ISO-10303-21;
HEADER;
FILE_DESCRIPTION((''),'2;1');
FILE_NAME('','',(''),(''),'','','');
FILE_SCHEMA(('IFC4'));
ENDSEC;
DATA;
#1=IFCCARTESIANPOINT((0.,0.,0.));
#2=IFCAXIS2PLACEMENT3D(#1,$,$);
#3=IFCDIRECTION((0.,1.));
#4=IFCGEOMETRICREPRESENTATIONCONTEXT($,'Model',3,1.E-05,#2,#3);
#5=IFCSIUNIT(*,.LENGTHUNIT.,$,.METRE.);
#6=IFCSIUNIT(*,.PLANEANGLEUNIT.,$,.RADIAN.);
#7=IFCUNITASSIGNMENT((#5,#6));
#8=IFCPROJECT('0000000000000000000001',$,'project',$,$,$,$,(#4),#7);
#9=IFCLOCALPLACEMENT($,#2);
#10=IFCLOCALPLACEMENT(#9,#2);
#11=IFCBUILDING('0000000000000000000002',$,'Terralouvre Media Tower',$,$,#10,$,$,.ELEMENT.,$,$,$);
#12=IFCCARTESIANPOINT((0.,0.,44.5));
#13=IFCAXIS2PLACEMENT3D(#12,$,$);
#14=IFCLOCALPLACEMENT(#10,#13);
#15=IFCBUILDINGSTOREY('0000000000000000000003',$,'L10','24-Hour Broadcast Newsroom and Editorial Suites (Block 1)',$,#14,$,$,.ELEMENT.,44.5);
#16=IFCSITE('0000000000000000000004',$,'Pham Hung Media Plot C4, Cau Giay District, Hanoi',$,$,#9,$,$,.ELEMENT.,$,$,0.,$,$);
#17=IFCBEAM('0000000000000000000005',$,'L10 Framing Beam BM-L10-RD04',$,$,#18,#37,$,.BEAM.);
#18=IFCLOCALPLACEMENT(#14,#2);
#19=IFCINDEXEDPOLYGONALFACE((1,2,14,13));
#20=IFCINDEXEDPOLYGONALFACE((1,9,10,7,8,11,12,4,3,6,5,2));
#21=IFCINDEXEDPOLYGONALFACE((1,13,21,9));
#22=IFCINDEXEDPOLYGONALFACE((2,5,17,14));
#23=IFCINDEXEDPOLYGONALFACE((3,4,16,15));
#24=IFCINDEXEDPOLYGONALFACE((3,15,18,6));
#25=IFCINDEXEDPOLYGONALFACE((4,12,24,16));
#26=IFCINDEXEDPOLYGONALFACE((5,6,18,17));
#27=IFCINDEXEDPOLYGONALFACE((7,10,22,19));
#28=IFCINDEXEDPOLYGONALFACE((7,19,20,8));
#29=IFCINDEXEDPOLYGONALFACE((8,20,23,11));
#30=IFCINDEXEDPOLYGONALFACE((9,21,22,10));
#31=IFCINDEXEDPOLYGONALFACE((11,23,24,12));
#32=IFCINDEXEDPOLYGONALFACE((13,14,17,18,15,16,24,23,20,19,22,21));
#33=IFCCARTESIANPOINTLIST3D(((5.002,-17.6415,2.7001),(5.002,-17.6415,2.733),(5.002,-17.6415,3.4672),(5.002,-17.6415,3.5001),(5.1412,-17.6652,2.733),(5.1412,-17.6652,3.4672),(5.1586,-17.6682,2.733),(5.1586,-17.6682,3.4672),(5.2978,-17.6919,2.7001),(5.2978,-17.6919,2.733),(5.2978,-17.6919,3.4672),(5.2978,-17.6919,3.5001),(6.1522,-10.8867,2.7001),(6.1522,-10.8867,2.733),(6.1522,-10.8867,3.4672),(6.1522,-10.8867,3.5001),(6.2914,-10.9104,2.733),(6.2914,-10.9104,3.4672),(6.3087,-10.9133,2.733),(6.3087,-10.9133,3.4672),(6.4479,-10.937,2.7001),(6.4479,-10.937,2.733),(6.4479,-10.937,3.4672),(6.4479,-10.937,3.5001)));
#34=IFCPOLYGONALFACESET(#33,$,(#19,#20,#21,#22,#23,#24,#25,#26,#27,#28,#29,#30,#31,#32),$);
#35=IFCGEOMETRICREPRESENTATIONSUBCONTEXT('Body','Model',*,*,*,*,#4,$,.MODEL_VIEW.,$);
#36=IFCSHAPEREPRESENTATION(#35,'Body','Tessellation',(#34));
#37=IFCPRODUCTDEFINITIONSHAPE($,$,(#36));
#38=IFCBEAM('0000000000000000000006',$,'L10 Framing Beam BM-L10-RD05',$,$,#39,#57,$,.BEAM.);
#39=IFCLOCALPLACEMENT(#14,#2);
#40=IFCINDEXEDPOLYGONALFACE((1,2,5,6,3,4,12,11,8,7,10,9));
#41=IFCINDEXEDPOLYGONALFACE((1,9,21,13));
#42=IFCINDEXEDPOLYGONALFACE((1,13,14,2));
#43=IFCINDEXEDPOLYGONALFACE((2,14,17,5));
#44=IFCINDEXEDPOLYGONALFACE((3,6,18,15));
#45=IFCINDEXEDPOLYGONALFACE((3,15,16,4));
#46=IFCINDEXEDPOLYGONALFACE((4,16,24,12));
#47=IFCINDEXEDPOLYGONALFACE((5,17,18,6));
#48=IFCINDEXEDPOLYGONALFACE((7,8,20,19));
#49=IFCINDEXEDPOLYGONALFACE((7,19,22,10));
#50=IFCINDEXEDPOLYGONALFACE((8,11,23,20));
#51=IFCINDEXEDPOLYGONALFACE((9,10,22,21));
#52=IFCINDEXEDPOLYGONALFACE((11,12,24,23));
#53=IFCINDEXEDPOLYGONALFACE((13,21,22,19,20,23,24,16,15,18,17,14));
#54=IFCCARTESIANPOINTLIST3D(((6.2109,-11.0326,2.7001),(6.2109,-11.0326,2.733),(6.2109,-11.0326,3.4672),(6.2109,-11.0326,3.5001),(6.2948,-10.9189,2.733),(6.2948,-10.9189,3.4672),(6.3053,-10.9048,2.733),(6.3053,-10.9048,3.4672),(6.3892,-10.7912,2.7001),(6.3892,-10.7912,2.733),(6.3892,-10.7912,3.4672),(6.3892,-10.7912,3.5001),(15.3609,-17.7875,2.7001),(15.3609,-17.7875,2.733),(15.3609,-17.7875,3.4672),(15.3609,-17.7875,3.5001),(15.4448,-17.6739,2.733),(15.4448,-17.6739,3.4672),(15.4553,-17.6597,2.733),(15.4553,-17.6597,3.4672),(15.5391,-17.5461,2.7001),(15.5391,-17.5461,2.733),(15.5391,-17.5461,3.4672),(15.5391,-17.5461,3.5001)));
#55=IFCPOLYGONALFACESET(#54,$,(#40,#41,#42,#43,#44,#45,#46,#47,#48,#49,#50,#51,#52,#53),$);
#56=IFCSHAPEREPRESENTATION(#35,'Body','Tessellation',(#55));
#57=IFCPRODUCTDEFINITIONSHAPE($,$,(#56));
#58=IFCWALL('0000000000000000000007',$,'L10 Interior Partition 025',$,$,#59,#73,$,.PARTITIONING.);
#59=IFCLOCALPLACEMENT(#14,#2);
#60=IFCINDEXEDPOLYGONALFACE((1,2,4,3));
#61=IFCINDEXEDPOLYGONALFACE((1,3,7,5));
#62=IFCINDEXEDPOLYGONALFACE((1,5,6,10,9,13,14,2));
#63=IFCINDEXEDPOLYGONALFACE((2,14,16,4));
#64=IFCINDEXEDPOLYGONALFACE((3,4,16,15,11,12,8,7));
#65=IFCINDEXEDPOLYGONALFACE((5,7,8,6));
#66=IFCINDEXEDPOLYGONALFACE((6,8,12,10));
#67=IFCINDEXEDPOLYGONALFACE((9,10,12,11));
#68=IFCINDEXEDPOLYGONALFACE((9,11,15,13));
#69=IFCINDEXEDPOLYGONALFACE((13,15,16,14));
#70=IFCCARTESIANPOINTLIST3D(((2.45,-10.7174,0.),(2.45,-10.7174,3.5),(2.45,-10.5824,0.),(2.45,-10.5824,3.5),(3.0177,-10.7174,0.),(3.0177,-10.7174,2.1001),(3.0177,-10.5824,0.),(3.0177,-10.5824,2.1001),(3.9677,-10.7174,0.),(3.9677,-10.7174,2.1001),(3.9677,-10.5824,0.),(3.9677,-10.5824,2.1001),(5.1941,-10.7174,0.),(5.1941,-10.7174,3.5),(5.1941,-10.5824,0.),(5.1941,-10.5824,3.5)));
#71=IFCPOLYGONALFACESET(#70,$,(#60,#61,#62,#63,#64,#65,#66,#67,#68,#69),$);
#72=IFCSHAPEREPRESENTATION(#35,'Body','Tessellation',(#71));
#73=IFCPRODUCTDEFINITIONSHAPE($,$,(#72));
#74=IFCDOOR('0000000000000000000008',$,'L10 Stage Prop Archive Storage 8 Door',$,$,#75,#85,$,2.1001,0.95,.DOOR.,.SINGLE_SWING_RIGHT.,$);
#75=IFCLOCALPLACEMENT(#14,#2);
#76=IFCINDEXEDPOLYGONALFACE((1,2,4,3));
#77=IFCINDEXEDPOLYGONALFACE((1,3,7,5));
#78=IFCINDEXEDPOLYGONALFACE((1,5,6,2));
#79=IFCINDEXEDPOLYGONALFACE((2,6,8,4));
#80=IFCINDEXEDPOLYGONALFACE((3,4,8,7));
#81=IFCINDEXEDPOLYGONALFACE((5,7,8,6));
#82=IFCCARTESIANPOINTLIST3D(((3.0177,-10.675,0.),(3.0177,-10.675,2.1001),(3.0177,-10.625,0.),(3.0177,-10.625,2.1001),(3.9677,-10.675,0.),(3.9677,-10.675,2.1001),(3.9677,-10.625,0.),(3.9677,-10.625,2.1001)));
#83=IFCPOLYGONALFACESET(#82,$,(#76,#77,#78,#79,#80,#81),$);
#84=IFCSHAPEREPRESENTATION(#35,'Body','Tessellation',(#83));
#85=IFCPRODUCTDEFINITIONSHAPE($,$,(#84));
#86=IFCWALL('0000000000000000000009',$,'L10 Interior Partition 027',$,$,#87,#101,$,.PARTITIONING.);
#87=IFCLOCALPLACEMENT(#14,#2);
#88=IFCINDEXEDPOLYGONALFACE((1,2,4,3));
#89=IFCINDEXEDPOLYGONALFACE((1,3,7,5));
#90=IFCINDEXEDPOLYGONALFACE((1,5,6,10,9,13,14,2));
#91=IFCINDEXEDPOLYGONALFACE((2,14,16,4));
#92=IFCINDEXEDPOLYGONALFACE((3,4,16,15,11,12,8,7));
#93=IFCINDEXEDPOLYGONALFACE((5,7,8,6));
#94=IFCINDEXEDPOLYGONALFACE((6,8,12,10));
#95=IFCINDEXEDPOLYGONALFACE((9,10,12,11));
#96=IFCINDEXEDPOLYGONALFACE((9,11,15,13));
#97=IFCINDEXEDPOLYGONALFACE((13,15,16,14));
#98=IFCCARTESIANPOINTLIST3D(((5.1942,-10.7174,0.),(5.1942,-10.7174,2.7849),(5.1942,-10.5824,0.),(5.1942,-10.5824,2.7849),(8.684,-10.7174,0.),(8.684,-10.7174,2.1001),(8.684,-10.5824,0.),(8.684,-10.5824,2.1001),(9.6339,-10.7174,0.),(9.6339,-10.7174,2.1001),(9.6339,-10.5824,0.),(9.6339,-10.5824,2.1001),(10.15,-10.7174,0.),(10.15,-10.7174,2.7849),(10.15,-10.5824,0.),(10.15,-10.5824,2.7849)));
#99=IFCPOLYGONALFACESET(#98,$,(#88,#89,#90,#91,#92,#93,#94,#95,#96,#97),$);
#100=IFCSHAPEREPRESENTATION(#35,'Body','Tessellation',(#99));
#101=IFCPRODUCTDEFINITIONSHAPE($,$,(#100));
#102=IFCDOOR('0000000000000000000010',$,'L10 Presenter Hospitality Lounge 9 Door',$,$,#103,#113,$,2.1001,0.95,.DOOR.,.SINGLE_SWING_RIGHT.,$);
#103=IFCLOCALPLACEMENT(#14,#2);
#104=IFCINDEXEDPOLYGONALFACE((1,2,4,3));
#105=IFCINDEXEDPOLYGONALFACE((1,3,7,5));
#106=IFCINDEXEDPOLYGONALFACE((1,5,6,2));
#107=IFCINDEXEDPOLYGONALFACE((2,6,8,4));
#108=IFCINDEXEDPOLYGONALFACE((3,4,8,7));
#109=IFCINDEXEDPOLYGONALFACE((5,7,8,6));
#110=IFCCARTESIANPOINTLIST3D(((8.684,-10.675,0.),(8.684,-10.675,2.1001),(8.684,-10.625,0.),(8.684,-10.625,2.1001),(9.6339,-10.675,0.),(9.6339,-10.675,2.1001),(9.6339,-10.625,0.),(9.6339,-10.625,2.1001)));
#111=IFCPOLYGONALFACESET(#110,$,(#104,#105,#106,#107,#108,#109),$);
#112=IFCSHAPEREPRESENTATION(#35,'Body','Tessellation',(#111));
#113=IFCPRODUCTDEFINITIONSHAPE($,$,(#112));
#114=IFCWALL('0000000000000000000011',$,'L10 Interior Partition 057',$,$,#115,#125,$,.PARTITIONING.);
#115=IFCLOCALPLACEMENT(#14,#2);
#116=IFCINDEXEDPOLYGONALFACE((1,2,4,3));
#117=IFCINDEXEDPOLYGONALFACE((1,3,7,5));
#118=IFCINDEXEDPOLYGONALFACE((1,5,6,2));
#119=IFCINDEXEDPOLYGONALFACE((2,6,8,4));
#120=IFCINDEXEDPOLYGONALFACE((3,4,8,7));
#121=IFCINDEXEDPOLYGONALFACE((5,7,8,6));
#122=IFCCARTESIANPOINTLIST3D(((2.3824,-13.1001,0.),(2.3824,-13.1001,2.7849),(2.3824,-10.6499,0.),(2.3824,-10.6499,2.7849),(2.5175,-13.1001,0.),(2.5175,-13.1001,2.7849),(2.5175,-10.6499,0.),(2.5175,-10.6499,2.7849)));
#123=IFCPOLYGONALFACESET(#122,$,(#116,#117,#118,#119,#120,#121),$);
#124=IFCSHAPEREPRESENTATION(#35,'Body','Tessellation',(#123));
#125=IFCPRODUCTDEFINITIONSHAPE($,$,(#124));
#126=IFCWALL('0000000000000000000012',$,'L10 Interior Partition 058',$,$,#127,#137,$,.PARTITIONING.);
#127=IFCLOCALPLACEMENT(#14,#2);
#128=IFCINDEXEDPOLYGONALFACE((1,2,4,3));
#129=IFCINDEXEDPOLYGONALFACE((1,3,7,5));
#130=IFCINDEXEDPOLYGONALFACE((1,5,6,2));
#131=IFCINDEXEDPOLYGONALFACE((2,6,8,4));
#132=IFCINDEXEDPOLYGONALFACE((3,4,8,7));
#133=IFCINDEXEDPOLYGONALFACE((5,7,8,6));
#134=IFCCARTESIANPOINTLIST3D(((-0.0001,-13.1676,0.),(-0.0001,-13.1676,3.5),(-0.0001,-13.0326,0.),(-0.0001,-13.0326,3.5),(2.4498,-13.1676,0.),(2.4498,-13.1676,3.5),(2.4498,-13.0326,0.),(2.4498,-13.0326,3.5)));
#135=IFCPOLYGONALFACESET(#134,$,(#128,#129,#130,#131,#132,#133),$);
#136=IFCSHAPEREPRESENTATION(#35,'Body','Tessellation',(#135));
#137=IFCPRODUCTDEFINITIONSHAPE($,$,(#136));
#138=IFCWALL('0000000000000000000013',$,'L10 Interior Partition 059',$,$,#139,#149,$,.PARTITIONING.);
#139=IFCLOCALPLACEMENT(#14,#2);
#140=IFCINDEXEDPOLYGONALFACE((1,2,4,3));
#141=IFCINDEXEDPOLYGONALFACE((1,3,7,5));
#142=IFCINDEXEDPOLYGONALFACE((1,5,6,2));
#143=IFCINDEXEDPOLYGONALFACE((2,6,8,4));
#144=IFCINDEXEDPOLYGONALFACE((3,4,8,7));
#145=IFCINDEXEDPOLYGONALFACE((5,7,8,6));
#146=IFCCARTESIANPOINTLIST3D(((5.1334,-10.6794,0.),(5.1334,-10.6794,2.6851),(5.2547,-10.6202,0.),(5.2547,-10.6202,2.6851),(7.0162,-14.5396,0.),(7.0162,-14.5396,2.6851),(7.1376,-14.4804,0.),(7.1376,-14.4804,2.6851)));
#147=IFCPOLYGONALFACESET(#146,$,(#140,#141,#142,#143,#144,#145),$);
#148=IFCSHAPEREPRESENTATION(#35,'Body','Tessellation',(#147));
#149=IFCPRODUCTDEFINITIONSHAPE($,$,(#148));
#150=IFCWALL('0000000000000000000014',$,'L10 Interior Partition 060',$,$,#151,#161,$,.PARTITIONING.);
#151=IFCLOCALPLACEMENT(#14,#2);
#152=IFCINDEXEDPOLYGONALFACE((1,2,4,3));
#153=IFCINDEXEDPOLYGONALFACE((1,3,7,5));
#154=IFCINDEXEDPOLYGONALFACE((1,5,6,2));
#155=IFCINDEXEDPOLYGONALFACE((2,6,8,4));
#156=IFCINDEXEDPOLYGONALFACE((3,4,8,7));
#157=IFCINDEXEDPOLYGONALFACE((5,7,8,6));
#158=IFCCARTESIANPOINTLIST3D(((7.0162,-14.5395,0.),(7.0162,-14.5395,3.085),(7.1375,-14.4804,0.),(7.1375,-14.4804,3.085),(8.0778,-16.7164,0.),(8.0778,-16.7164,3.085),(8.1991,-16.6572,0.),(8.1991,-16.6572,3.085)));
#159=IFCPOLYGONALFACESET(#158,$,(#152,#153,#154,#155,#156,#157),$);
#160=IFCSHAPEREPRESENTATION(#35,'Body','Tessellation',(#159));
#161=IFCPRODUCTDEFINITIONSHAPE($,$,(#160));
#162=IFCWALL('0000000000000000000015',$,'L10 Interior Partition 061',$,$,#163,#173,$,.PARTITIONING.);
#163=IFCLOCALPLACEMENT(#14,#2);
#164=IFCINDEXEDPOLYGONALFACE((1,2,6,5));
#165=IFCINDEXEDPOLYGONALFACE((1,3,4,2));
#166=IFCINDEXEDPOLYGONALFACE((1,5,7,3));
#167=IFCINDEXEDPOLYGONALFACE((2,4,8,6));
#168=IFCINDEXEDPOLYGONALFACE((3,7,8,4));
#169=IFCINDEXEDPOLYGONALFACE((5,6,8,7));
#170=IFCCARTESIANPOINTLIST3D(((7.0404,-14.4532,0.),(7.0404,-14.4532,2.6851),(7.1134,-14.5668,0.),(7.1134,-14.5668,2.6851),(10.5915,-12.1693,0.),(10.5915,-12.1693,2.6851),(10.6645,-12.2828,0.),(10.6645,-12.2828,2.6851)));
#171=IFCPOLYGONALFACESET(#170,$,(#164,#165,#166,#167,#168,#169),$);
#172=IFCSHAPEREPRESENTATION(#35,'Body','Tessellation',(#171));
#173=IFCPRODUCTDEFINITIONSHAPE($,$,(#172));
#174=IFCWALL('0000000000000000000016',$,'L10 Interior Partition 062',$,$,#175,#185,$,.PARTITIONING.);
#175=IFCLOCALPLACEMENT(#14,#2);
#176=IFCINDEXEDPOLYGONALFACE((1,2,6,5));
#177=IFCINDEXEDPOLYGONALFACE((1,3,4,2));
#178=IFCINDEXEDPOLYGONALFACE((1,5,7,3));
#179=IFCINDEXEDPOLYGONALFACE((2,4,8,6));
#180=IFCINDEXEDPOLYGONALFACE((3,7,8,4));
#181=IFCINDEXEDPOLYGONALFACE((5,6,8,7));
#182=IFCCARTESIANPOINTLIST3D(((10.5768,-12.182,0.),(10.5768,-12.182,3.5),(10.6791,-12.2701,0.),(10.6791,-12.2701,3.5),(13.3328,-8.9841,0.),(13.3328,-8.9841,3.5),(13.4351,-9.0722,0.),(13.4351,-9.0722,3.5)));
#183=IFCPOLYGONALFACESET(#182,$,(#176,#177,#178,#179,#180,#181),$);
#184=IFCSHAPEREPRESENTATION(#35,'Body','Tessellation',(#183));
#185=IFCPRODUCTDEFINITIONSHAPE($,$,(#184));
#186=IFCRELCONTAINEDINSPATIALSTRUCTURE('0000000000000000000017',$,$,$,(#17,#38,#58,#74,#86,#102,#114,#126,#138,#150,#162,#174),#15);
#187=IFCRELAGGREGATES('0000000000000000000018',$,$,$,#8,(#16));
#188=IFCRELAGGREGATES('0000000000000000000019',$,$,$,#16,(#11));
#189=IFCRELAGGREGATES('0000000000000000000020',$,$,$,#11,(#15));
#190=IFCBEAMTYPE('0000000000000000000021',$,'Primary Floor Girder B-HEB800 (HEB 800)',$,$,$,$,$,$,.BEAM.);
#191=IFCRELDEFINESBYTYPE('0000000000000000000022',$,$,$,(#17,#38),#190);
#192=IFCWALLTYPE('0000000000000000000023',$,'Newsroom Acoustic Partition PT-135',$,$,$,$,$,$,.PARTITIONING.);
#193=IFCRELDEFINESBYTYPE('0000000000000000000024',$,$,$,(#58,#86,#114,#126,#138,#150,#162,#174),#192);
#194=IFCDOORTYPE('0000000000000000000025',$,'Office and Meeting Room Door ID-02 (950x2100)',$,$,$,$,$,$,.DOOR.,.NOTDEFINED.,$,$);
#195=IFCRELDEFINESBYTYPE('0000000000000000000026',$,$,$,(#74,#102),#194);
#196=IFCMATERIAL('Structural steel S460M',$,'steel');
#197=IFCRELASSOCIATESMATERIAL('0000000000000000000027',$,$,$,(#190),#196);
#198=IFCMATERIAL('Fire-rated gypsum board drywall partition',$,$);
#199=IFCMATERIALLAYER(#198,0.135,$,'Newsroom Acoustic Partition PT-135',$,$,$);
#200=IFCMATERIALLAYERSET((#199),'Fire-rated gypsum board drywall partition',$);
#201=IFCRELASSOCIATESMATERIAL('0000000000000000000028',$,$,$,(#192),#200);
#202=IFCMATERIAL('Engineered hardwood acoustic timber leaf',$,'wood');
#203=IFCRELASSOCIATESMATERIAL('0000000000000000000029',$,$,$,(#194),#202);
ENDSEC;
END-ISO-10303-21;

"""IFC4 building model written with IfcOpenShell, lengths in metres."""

from ifc_helpers import new_model, si_unit, direction, frame, frame_2d, origin, origin_2d, place, context, subcontext, project, spatial, rectangle, i_section, extrude, material, layer, layer_set, material_profile, profile_set, type_object, element, fill, save


model = new_model("IFC4")

# Units and contexts
model_context = context("Model", 3, precision=1e-05, world=origin(), true_north=direction((0.0, 1.0)))
body_context = subcontext(model_context, "Body", "Model", "MODEL_VIEW")
ifc_project = project(units=[si_unit("LENGTHUNIT", "METRE"), si_unit("PLANEANGLEUNIT", "RADIAN")], contexts=[model_context])

# Site, building, storey
site_placement = place(None, origin())
site = spatial("IfcSite", under=ifc_project, at=site_placement, Name="Pham Hung Media Plot C4, Cau Giay District, Hanoi", CompositionType="ELEMENT", RefElevation=0.0)
building_placement = place(site_placement, origin())
building = spatial("IfcBuilding", under=site, at=building_placement, Name="Terralouvre Media Tower", CompositionType="ELEMENT")
storey_placement = place(building_placement, frame((0.0, 0.0, 44.5)))
storey = spatial("IfcBuildingStorey", under=building, at=storey_placement, Name="L10", Description="24-Hour Broadcast Newsroom and Editorial Suites (Block 1)", CompositionType="ELEMENT", Elevation=44.5)

# Beams
ifc_material_1 = material(Name="Structural steel S460M", Category="steel")
ifc_material_profile_1 = material_profile(ifc_material_1, i_section(OverallWidth=0.3, OverallDepth=0.8, WebThickness=0.0176, FlangeThickness=0.033, at=origin_2d()), Name="HEB 800")
ifc_profile_set_1 = profile_set([ifc_material_profile_1], Name="Structural steel S460M")
beam_type_1 = type_object("IfcBeamType", Name="Primary Floor Girder B-HEB800 (HEB 800)", PredefinedType="BEAM", material=ifc_profile_set_1)
beam_1_placement = place(storey_placement, frame((6.3, -10.9119, 3.1001), z_axis=(-0.167853, -0.985812, 0.0), x_axis=(0.985812, -0.167853, 0.0)))
element("IfcBeam", 1, at=beam_1_placement, inside=storey, type_object=beam_type_1, Name="L10 Framing Beam BM-L10-RD04", PredefinedType="BEAM", context=body_context, shape_type="SweptSolid", body=[
    extrude(i_section(OverallWidth=0.3, OverallDepth=0.8, WebThickness=0.0176, FlangeThickness=0.033, at=origin_2d()), origin(), (0.0, 0.0, 1.0), 6.8521),
])
beam_2_placement = place(storey_placement, frame((6.3, -10.9119, 3.1001), z_axis=(0.804516, -0.593931, 0.0), x_axis=(0.593931, 0.804516, 0.0)))
element("IfcBeam", 2, at=beam_2_placement, inside=storey, type_object=beam_type_1, Name="L10 Framing Beam BM-L10-RD05", PredefinedType="BEAM", context=body_context, shape_type="SweptSolid", body=[
    extrude(i_section(OverallWidth=0.3, OverallDepth=0.8, WebThickness=0.0176, FlangeThickness=0.033, at=origin_2d()), origin(), (0.0, 0.0, 1.0), 11.3733),
])

# Walls, openings, doors
ifc_material_2 = material(Name="Fire-rated gypsum board drywall partition")
ifc_layer_1 = layer(ifc_material_2, 0.135, Name="Newsroom Acoustic Partition PT-135")
ifc_layer_set_1 = layer_set([ifc_layer_1], Name="Fire-rated gypsum board drywall partition")
wall_type_1 = type_object("IfcWallType", Name="Newsroom Acoustic Partition PT-135", PredefinedType="PARTITIONING", material=ifc_layer_set_1)
wall_1_placement = place(storey_placement, frame((2.45, -10.6499, 0.0), z_axis=(0.0, 0.0, 1.0), x_axis=(1.0, 0.0, 0.0)))
wall_1 = element("IfcWall", 3, at=wall_1_placement, inside=storey, type_object=wall_type_1, Name="L10 Interior Partition 025", PredefinedType="PARTITIONING", context=body_context, shape_type="SweptSolid", body=[
    extrude(rectangle(XDim=2.7441, YDim=0.135, at=frame_2d((1.3721, 0.0))), origin(), (0.0, 0.0, 1.0), 3.5),
])
opening_1_placement = place(wall_1_placement, frame((0.5676, 0.0, 0.0)))
opening_1 = element("IfcOpeningElement", 4, at=opening_1_placement, cuts=wall_1, PredefinedType="OPENING", context=body_context, shape_type="SweptSolid", body=[
    extrude(rectangle(XDim=0.95, YDim=2.1001, at=frame_2d((0.4751, 1.05))), frame((0.0, 0.0774, 0.0), z_axis=(0.0, -1.0, 0.0), x_axis=(1.0, 0.0, 0.0)), (0.0, 0.0, 1.0), 0.155),
])
ifc_material_3 = material(Name="Engineered hardwood acoustic timber leaf", Category="wood")
door_type = type_object("IfcDoorType", Name="Office and Meeting Room Door ID-02 (950x2100)", OperationType="NOTDEFINED", PredefinedType="DOOR", material=ifc_material_3)
door_1_placement = place(opening_1_placement, origin())
door_1 = element("IfcDoor", 5, at=door_1_placement, inside=storey, type_object=door_type, Name="L10 Stage Prop Archive Storage 8 Door", OperationType="SINGLE_SWING_RIGHT", OverallHeight=2.1001, OverallWidth=0.95, PredefinedType="DOOR", context=body_context, shape_type="SweptSolid", body=[
    extrude(rectangle(XDim=0.95, YDim=2.1001, at=frame_2d((0.4751, 1.05))), frame((0.0, 0.0249, 0.0), z_axis=(0.0, -1.0, 0.0), x_axis=(1.0, 0.0, 0.0)), (0.0, 0.0, 1.0), 0.05),
])
fill(opening_1, door_1)
wall_2_placement = place(storey_placement, frame((5.1941, -10.6499, 0.0), z_axis=(0.0, 0.0, 1.0), x_axis=(1.0, 0.0, 0.0)))
wall_2 = element("IfcWall", 6, at=wall_2_placement, inside=storey, type_object=wall_type_1, Name="L10 Interior Partition 027", PredefinedType="PARTITIONING", context=body_context, shape_type="SweptSolid", body=[
    extrude(rectangle(XDim=4.9558, YDim=0.135, at=frame_2d((2.478, 0.0))), origin(), (0.0, 0.0, 1.0), 2.7849),
])
opening_2_placement = place(wall_2_placement, frame((3.4897, 0.0, 0.0)))
opening_2 = element("IfcOpeningElement", 7, at=opening_2_placement, cuts=wall_2, PredefinedType="OPENING", context=body_context, shape_type="SweptSolid", body=[
    extrude(rectangle(XDim=0.95, YDim=2.1001, at=frame_2d((0.4751, 1.05))), frame((0.0, 0.0774, 0.0), z_axis=(0.0, -1.0, 0.0), x_axis=(1.0, 0.0, 0.0)), (0.0, 0.0, 1.0), 0.155),
])
door_2_placement = place(opening_2_placement, origin())
door_2 = element("IfcDoor", 8, at=door_2_placement, inside=storey, type_object=door_type, Name="L10 Presenter Hospitality Lounge 9 Door", OperationType="SINGLE_SWING_RIGHT", OverallHeight=2.1001, OverallWidth=0.95, PredefinedType="DOOR", context=body_context, shape_type="SweptSolid", body=[
    extrude(rectangle(XDim=0.95, YDim=2.1001, at=frame_2d((0.4751, 1.05))), frame((0.0, 0.0249, 0.0), z_axis=(0.0, -1.0, 0.0), x_axis=(1.0, 0.0, 0.0)), (0.0, 0.0, 1.0), 0.05),
])
fill(opening_2, door_2)

# Walls
wall_3_placement = place(storey_placement, frame((2.45, -10.6499, 0.0), z_axis=(0.0, 0.0, 1.0), x_axis=(0.0, -1.0, 0.0)))
element("IfcWall", 9, at=wall_3_placement, inside=storey, type_object=wall_type_1, Name="L10 Interior Partition 057", PredefinedType="PARTITIONING", context=body_context, shape_type="SweptSolid", body=[
    extrude(rectangle(XDim=2.4502, YDim=0.135, at=frame_2d((1.2251, 0.0))), origin(), (0.0, 0.0, 1.0), 2.7849),
])
wall_4_placement = place(storey_placement, frame((2.45, -13.1001, 0.0), z_axis=(0.0, 0.0, 1.0), x_axis=(-1.0, 0.0, 0.0)))
element("IfcWall", 10, at=wall_4_placement, inside=storey, type_object=wall_type_1, Name="L10 Interior Partition 058", PredefinedType="PARTITIONING", context=body_context, shape_type="SweptSolid", body=[
    extrude(rectangle(XDim=2.45, YDim=0.135, at=frame_2d((1.2251, 0.0))), origin(), (0.0, 0.0, 1.0), 3.5),
])
wall_5_placement = place(storey_placement, frame((7.0769, -14.51, 0.0), z_axis=(0.0, 0.0, 1.0), x_axis=(-0.438392, 0.898784, 0.0)))
element("IfcWall", 11, at=wall_5_placement, inside=storey, type_object=wall_type_1, Name="L10 Interior Partition 059", PredefinedType="PARTITIONING", context=body_context, shape_type="SweptSolid", body=[
    extrude(rectangle(XDim=4.2949, YDim=0.135, at=frame_2d((2.1475, 0.0))), origin(), (0.0, 0.0, 1.0), 2.6851),
])
wall_6_placement = place(storey_placement, frame((8.1384, -16.6868, 0.0), z_axis=(0.0, 0.0, 1.0), x_axis=(-0.43832, 0.898819, 0.0)))
element("IfcWall", 12, at=wall_6_placement, inside=storey, type_object=wall_type_1, Name="L10 Interior Partition 060", PredefinedType="PARTITIONING", context=body_context, shape_type="SweptSolid", body=[
    extrude(rectangle(XDim=2.4219, YDim=0.135, at=frame_2d((1.2109, 0.0))), origin(), (0.0, 0.0, 1.0), 3.085),
])
wall_7_placement = place(storey_placement, frame((7.0769, -14.51, 0.0), z_axis=(0.0, 0.0, 1.0), x_axis=(0.841056, 0.540948, 0.0)))
element("IfcWall", 13, at=wall_7_placement, inside=storey, type_object=wall_type_1, Name="L10 Interior Partition 061", PredefinedType="PARTITIONING", context=body_context, shape_type="SweptSolid", body=[
    extrude(rectangle(XDim=4.2222, YDim=0.135, at=frame_2d((2.1111, 0.0))), origin(), (0.0, 0.0, 1.0), 2.6851),
])
wall_8_placement = place(storey_placement, frame((10.6279, -12.2261, 0.0), z_axis=(0.0, 0.0, 1.0), x_axis=(0.652832, 0.757503, 0.0)))
element("IfcWall", 14, at=wall_8_placement, inside=storey, type_object=wall_type_1, Name="L10 Interior Partition 062", PredefinedType="PARTITIONING", context=body_context, shape_type="SweptSolid", body=[
    extrude(rectangle(XDim=4.2217, YDim=0.135, at=frame_2d((2.1108, 0.0))), origin(), (0.0, 0.0, 1.0), 3.5),
])

save(model, "model.ifc")
